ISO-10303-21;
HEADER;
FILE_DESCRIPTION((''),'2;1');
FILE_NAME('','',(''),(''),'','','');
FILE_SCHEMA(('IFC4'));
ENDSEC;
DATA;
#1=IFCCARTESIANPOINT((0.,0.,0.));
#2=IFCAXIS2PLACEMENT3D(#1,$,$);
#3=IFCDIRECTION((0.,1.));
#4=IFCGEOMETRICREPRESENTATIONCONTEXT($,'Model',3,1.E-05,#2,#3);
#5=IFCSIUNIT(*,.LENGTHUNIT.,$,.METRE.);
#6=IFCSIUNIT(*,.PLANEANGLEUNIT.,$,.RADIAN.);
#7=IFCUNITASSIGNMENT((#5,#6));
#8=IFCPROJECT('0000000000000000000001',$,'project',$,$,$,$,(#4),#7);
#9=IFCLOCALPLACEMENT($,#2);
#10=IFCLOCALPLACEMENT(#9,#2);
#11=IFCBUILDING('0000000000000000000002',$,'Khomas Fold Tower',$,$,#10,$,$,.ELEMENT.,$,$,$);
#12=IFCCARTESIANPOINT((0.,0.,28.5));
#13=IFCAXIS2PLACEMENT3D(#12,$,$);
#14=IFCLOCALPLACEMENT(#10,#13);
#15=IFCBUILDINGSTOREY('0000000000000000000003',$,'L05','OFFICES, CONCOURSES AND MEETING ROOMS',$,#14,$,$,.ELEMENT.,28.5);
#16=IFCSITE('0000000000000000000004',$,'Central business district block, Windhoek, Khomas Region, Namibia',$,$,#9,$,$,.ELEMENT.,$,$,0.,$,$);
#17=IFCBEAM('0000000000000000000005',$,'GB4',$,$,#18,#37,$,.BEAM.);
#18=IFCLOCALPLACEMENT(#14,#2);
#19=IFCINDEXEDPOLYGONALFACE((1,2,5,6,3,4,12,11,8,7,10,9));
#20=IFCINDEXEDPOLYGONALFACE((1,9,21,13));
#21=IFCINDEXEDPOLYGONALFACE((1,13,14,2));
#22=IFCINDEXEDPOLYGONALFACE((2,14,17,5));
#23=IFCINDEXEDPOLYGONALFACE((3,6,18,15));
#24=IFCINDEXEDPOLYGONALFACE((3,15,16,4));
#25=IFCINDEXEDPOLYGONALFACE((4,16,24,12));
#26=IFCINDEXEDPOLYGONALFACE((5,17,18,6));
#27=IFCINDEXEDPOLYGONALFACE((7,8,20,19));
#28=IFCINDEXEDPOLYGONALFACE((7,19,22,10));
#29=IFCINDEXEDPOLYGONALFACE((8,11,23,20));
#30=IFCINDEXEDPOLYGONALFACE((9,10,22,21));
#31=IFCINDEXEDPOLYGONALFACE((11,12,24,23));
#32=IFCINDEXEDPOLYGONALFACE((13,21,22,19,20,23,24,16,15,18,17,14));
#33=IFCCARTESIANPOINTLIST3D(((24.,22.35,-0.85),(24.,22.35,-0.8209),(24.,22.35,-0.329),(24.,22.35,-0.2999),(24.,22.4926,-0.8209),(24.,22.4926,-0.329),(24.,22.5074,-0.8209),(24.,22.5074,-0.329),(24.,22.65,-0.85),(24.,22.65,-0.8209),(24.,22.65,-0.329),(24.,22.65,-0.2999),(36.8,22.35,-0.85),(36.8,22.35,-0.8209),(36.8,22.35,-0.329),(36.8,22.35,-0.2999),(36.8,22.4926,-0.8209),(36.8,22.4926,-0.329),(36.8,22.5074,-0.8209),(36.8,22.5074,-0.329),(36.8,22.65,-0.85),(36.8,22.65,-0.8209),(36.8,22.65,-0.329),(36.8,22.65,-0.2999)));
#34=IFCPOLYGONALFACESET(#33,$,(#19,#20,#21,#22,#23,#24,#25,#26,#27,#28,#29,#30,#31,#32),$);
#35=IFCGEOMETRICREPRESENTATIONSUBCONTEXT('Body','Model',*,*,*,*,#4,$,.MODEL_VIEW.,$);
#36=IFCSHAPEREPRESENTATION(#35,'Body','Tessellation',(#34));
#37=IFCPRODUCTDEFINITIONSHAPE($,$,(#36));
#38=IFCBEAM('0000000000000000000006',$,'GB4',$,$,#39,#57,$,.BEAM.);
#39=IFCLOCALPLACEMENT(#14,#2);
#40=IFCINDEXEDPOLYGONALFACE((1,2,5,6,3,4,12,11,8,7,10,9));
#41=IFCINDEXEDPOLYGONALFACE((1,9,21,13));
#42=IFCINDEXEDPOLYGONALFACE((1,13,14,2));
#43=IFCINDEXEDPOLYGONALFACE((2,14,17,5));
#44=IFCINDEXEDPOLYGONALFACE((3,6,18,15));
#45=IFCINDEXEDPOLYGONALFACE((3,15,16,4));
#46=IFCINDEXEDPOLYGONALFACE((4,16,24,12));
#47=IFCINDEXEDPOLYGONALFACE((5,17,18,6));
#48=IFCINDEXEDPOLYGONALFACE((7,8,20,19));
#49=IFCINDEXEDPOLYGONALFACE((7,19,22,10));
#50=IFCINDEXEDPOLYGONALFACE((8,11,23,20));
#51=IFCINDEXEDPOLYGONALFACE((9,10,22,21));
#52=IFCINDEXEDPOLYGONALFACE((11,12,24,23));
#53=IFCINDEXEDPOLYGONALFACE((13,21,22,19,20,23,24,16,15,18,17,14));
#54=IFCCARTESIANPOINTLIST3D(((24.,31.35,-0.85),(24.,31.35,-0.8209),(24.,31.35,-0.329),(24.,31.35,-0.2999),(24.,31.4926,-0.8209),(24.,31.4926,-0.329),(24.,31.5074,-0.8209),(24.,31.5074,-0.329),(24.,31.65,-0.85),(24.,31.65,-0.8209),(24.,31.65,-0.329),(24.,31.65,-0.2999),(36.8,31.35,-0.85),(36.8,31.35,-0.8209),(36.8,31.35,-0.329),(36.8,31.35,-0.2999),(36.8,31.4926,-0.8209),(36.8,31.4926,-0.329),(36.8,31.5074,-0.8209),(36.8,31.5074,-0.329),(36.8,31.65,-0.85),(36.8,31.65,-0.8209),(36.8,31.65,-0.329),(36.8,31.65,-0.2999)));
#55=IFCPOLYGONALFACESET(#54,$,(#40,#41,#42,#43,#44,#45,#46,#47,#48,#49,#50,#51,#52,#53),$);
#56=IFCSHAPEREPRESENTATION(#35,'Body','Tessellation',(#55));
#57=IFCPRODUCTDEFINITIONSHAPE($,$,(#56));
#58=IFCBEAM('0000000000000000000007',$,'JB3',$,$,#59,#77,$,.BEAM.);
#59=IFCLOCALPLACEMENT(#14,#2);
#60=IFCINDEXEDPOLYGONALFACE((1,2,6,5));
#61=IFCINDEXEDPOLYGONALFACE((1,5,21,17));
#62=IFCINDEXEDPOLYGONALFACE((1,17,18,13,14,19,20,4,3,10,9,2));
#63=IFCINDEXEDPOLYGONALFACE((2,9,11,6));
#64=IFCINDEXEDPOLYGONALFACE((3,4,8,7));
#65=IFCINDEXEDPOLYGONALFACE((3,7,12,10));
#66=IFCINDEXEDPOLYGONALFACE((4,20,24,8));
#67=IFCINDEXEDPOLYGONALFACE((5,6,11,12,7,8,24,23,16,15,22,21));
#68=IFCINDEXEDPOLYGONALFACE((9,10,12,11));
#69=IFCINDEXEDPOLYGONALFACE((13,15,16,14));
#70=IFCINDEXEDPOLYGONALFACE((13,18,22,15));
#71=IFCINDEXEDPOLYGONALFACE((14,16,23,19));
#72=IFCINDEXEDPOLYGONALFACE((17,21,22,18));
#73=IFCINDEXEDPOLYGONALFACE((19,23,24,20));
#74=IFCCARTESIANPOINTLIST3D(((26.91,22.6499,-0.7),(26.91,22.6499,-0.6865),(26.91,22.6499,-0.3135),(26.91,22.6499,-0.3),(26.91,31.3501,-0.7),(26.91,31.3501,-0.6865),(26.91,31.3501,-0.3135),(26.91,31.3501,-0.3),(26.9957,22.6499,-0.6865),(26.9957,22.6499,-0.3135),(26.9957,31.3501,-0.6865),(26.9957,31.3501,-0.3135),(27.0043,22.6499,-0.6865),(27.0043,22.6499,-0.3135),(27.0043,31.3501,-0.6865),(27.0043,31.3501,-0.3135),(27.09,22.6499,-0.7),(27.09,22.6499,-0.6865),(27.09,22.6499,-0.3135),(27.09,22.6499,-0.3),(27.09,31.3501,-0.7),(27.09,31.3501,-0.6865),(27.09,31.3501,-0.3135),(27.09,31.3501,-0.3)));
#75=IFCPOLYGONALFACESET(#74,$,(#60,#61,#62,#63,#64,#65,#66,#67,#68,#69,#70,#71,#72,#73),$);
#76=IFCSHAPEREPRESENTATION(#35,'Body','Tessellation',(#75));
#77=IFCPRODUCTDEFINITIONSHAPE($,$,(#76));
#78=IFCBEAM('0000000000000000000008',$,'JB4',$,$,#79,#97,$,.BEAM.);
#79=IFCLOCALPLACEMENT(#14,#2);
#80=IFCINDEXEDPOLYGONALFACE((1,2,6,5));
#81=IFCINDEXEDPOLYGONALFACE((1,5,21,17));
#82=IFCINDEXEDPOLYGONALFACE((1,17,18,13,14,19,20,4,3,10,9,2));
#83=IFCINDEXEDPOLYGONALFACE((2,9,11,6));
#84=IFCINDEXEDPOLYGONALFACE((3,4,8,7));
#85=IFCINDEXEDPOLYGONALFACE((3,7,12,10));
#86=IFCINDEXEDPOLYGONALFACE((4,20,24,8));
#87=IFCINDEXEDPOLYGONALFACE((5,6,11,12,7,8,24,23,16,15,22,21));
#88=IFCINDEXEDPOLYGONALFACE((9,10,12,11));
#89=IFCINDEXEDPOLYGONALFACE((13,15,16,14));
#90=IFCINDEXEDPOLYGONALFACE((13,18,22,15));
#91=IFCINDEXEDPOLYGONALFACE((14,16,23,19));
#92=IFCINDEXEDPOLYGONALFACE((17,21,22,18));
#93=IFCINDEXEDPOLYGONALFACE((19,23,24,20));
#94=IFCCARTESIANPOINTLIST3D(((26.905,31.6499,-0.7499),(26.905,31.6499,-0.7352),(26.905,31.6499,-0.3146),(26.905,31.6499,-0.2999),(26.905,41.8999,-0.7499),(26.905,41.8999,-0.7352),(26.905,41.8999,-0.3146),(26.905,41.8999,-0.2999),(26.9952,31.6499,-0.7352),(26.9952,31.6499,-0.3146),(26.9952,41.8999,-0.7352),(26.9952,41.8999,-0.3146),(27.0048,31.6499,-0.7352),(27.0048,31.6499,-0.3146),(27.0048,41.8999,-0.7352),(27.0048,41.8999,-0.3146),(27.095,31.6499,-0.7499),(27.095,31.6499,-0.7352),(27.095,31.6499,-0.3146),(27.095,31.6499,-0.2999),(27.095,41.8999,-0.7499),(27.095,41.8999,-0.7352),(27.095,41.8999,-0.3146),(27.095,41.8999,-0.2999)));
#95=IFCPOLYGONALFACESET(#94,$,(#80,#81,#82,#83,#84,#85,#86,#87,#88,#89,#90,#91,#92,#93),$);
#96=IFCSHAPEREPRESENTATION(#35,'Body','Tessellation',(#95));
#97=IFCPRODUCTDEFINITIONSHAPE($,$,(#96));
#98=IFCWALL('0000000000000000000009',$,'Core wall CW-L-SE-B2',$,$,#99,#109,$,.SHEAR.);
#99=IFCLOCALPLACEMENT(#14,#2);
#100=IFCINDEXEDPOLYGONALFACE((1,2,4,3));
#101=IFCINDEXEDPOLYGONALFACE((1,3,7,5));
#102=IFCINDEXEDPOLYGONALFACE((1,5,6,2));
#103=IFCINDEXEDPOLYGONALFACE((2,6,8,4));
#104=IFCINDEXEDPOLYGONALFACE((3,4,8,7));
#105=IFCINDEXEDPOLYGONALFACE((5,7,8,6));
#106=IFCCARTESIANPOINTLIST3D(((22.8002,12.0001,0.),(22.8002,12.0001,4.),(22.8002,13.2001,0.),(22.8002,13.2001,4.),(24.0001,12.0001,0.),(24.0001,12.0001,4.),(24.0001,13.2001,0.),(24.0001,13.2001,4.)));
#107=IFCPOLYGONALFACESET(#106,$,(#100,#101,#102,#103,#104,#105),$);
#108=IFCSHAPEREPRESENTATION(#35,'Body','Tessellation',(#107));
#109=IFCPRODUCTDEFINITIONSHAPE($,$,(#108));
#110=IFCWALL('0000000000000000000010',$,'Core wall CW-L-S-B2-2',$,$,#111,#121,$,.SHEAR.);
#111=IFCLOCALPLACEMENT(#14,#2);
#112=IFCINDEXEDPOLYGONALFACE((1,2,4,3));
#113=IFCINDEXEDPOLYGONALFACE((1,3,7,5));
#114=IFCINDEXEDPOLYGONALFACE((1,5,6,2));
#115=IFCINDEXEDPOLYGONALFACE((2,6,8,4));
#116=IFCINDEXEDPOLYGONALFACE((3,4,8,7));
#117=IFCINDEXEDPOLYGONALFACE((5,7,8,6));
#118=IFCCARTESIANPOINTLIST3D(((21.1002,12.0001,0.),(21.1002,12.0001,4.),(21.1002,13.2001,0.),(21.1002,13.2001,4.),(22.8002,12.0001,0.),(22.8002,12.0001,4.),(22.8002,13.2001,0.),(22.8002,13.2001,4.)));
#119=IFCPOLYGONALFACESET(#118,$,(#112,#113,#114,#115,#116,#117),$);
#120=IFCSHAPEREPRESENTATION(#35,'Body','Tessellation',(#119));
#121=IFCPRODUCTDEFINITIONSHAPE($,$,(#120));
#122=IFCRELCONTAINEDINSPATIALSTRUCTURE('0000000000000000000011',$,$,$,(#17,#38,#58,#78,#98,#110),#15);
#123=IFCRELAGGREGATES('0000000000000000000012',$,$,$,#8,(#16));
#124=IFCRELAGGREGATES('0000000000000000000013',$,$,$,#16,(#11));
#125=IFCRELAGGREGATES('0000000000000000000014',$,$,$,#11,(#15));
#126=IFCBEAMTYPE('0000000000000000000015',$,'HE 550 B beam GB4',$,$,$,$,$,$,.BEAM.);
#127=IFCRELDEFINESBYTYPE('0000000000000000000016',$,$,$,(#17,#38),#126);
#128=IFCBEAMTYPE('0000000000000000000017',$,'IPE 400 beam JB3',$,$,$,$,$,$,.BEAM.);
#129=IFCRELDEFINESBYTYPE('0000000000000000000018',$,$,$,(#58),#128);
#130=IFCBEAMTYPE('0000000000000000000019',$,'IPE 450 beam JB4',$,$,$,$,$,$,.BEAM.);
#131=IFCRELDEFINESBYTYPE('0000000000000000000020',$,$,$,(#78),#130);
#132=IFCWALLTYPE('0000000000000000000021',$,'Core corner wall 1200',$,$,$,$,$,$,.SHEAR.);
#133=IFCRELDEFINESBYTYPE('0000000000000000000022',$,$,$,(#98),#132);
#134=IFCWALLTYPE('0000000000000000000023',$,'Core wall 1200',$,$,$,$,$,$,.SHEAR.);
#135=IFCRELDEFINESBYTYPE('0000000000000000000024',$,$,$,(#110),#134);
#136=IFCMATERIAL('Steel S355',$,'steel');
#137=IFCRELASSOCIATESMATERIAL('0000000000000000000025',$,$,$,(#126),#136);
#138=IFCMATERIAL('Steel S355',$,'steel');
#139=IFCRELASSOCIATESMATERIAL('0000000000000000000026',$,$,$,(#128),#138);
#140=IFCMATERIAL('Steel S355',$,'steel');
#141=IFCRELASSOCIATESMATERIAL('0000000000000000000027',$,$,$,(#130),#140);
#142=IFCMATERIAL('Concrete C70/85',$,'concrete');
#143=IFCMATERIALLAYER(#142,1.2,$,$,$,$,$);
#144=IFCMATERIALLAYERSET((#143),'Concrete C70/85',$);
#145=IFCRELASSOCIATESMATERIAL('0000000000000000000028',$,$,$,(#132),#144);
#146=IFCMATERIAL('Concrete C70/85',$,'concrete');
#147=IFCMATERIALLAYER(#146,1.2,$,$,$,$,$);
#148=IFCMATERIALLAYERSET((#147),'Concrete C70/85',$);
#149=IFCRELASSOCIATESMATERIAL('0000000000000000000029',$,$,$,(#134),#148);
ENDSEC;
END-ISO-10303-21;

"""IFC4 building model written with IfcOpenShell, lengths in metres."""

from ifc_helpers import new_model, si_unit, direction, frame, frame_2d, origin, origin_2d, place, context, subcontext, project, spatial, rectangle, i_section, extrude, source, transform, mapped, material, layer, layer_set, material_profile, profile_set, type_object, element, save


model = new_model("IFC4")

# Units and contexts
model_context = context("Model", 3, precision=1e-05, world=origin(), true_north=direction((0.0, 1.0)))
body_context = subcontext(model_context, "Body", "Model", "MODEL_VIEW")
ifc_project = project(units=[si_unit("LENGTHUNIT", "METRE"), si_unit("PLANEANGLEUNIT", "RADIAN")], contexts=[model_context])

# Site, building, storey
site_placement = place(None, origin())
site = spatial("IfcSite", under=ifc_project, at=site_placement, Name="Central business district block, Windhoek, Khomas Region, Namibia", CompositionType="ELEMENT", RefElevation=0.0)
building_placement = place(site_placement, origin())
building = spatial("IfcBuilding", under=site, at=building_placement, Name="Khomas Fold Tower", CompositionType="ELEMENT")
storey_placement = place(building_placement, frame((0.0, 0.0, 28.5)))
storey = spatial("IfcBuildingStorey", under=building, at=storey_placement, Name="L05", Description="OFFICES, CONCOURSES AND MEETING ROOMS", CompositionType="ELEMENT", Elevation=28.5)

# Beams
ifc_material_1 = material(Name="Steel S355", Category="steel")
ifc_material_profile_1 = material_profile(ifc_material_1, i_section(OverallWidth=0.3, OverallDepth=0.55, WebThickness=0.0149, FlangeThickness=0.0291, at=origin_2d()), Name="HE 550 B")
ifc_profile_set_1 = profile_set([ifc_material_profile_1], Name="Steel S355")
beam_type_1 = type_object("IfcBeamType", Name="HE 550 B beam GB4", PredefinedType="BEAM", material=ifc_profile_set_1)
shared_shape_1 = source(origin(), body_context, "Body", "SweptSolid", [
    extrude(i_section(OverallWidth=0.3, OverallDepth=0.55, WebThickness=0.0149, FlangeThickness=0.0291, at=origin_2d()), origin(), (0.0, 0.0, 1.0), 12.8),
])
for number, where, z_axis, x_axis, name in (
    (1, (24.0, 22.5, -0.575), (1.0, 0.0, 0.0), (0.0, 1.0, 0.0), "GB4"),
    (2, (24.0, 31.5, -0.575), (1.0, 0.0, 0.0), (0.0, 1.0, 0.0), "GB4"),
):
    element("IfcBeam", number, at=place(storey_placement, frame(where, z_axis=z_axis, x_axis=x_axis)), inside=storey, type_object=beam_type_1, Name=name, PredefinedType="BEAM", context=body_context, shape_type="MappedRepresentation", body=[
        mapped(shared_shape_1, transform((0.0, 0.0, 0.0))),
    ])
ifc_material_2 = material(Name="Steel S355", Category="steel")
ifc_material_profile_2 = material_profile(ifc_material_2, i_section(OverallWidth=0.1799, OverallDepth=0.3999, WebThickness=0.0085, FlangeThickness=0.0134, at=origin_2d()), Name="IPE 400")
ifc_profile_set_2 = profile_set([ifc_material_profile_2], Name="Steel S355")
beam_type_2 = type_object("IfcBeamType", Name="IPE 400 beam JB3", PredefinedType="BEAM", material=ifc_profile_set_2)
shared_shape_2 = source(origin(), body_context, "Body", "SweptSolid", [
    extrude(i_section(OverallWidth=0.1799, OverallDepth=0.3999, WebThickness=0.0085, FlangeThickness=0.0134, at=origin_2d()), origin(), (0.0, 0.0, 1.0), 8.7002),
])
beam_1_placement = place(storey_placement, frame((27.0, 22.6499, -0.5), z_axis=(0.0, 1.0, 0.0), x_axis=(-1.0, 0.0, 0.0)))
element("IfcBeam", 3, at=beam_1_placement, inside=storey, type_object=beam_type_2, Name="JB3", PredefinedType="BEAM", context=body_context, shape_type="MappedRepresentation", body=[
    mapped(shared_shape_2, transform((0.0, 0.0, 0.0))),
])
ifc_material_3 = material(Name="Steel S355", Category="steel")
ifc_material_profile_3 = material_profile(ifc_material_3, i_section(OverallWidth=0.1899, OverallDepth=0.45, WebThickness=0.0095, FlangeThickness=0.0146, at=origin_2d()), Name="IPE 450")
ifc_profile_set_3 = profile_set([ifc_material_profile_3], Name="Steel S355")
beam_type_3 = type_object("IfcBeamType", Name="IPE 450 beam JB4", PredefinedType="BEAM", material=ifc_profile_set_3)
shared_shape_3 = source(origin(), body_context, "Body", "SweptSolid", [
    extrude(i_section(OverallWidth=0.1899, OverallDepth=0.45, WebThickness=0.0095, FlangeThickness=0.0146, at=origin_2d()), origin(), (0.0, 0.0, 1.0), 10.25),
])
beam_2_placement = place(storey_placement, frame((27.0, 31.6499, -0.5249), z_axis=(0.0, 1.0, 0.0), x_axis=(-1.0, 0.0, 0.0)))
element("IfcBeam", 4, at=beam_2_placement, inside=storey, type_object=beam_type_3, Name="JB4", PredefinedType="BEAM", context=body_context, shape_type="MappedRepresentation", body=[
    mapped(shared_shape_3, transform((0.0, 0.0, 0.0))),
])

# Walls
ifc_material_4 = material(Name="Concrete C70/85", Category="concrete")
ifc_layer_1 = layer(ifc_material_4, 1.2)
ifc_layer_set_1 = layer_set([ifc_layer_1], Name="Concrete C70/85")
wall_type_1 = type_object("IfcWallType", Name="Core corner wall 1200", PredefinedType="SHEAR", material=ifc_layer_set_1)
shared_shape_4 = source(origin(), body_context, "Body", "SweptSolid", [
    extrude(rectangle(XDim=1.2, YDim=1.2, at=frame_2d((0.6001, 0.0))), origin(), (0.0, 0.0, 1.0), 4.0),
])
wall_1_placement = place(storey_placement, frame((22.8, 12.6001, 0.0), z_axis=(0.0, 0.0, 1.0), x_axis=(1.0, 0.0, 0.0)))
element("IfcWall", 5, at=wall_1_placement, inside=storey, type_object=wall_type_1, Name="Core wall CW-L-SE-B2", PredefinedType="SHEAR", context=body_context, shape_type="MappedRepresentation", body=[
    mapped(shared_shape_4, transform((0.0, 0.0, 0.0))),
])
ifc_material_5 = material(Name="Concrete C70/85", Category="concrete")
ifc_layer_2 = layer(ifc_material_5, 1.2)
ifc_layer_set_2 = layer_set([ifc_layer_2], Name="Concrete C70/85")
wall_type_2 = type_object("IfcWallType", Name="Core wall 1200", PredefinedType="SHEAR", material=ifc_layer_set_2)
shared_shape_5 = source(origin(), body_context, "Body", "SweptSolid", [
    extrude(rectangle(XDim=1.7, YDim=1.2, at=frame_2d((0.8501, 0.0))), origin(), (0.0, 0.0, 1.0), 4.0),
])
wall_2_placement = place(storey_placement, frame((21.1001, 12.6001, 0.0), z_axis=(0.0, 0.0, 1.0), x_axis=(1.0, 0.0, 0.0)))
element("IfcWall", 6, at=wall_2_placement, inside=storey, type_object=wall_type_2, Name="Core wall CW-L-S-B2-2", PredefinedType="SHEAR", context=body_context, shape_type="MappedRepresentation", body=[
    mapped(shared_shape_5, transform((0.0, 0.0, 0.0))),
])

save(model, "model.ifc")
